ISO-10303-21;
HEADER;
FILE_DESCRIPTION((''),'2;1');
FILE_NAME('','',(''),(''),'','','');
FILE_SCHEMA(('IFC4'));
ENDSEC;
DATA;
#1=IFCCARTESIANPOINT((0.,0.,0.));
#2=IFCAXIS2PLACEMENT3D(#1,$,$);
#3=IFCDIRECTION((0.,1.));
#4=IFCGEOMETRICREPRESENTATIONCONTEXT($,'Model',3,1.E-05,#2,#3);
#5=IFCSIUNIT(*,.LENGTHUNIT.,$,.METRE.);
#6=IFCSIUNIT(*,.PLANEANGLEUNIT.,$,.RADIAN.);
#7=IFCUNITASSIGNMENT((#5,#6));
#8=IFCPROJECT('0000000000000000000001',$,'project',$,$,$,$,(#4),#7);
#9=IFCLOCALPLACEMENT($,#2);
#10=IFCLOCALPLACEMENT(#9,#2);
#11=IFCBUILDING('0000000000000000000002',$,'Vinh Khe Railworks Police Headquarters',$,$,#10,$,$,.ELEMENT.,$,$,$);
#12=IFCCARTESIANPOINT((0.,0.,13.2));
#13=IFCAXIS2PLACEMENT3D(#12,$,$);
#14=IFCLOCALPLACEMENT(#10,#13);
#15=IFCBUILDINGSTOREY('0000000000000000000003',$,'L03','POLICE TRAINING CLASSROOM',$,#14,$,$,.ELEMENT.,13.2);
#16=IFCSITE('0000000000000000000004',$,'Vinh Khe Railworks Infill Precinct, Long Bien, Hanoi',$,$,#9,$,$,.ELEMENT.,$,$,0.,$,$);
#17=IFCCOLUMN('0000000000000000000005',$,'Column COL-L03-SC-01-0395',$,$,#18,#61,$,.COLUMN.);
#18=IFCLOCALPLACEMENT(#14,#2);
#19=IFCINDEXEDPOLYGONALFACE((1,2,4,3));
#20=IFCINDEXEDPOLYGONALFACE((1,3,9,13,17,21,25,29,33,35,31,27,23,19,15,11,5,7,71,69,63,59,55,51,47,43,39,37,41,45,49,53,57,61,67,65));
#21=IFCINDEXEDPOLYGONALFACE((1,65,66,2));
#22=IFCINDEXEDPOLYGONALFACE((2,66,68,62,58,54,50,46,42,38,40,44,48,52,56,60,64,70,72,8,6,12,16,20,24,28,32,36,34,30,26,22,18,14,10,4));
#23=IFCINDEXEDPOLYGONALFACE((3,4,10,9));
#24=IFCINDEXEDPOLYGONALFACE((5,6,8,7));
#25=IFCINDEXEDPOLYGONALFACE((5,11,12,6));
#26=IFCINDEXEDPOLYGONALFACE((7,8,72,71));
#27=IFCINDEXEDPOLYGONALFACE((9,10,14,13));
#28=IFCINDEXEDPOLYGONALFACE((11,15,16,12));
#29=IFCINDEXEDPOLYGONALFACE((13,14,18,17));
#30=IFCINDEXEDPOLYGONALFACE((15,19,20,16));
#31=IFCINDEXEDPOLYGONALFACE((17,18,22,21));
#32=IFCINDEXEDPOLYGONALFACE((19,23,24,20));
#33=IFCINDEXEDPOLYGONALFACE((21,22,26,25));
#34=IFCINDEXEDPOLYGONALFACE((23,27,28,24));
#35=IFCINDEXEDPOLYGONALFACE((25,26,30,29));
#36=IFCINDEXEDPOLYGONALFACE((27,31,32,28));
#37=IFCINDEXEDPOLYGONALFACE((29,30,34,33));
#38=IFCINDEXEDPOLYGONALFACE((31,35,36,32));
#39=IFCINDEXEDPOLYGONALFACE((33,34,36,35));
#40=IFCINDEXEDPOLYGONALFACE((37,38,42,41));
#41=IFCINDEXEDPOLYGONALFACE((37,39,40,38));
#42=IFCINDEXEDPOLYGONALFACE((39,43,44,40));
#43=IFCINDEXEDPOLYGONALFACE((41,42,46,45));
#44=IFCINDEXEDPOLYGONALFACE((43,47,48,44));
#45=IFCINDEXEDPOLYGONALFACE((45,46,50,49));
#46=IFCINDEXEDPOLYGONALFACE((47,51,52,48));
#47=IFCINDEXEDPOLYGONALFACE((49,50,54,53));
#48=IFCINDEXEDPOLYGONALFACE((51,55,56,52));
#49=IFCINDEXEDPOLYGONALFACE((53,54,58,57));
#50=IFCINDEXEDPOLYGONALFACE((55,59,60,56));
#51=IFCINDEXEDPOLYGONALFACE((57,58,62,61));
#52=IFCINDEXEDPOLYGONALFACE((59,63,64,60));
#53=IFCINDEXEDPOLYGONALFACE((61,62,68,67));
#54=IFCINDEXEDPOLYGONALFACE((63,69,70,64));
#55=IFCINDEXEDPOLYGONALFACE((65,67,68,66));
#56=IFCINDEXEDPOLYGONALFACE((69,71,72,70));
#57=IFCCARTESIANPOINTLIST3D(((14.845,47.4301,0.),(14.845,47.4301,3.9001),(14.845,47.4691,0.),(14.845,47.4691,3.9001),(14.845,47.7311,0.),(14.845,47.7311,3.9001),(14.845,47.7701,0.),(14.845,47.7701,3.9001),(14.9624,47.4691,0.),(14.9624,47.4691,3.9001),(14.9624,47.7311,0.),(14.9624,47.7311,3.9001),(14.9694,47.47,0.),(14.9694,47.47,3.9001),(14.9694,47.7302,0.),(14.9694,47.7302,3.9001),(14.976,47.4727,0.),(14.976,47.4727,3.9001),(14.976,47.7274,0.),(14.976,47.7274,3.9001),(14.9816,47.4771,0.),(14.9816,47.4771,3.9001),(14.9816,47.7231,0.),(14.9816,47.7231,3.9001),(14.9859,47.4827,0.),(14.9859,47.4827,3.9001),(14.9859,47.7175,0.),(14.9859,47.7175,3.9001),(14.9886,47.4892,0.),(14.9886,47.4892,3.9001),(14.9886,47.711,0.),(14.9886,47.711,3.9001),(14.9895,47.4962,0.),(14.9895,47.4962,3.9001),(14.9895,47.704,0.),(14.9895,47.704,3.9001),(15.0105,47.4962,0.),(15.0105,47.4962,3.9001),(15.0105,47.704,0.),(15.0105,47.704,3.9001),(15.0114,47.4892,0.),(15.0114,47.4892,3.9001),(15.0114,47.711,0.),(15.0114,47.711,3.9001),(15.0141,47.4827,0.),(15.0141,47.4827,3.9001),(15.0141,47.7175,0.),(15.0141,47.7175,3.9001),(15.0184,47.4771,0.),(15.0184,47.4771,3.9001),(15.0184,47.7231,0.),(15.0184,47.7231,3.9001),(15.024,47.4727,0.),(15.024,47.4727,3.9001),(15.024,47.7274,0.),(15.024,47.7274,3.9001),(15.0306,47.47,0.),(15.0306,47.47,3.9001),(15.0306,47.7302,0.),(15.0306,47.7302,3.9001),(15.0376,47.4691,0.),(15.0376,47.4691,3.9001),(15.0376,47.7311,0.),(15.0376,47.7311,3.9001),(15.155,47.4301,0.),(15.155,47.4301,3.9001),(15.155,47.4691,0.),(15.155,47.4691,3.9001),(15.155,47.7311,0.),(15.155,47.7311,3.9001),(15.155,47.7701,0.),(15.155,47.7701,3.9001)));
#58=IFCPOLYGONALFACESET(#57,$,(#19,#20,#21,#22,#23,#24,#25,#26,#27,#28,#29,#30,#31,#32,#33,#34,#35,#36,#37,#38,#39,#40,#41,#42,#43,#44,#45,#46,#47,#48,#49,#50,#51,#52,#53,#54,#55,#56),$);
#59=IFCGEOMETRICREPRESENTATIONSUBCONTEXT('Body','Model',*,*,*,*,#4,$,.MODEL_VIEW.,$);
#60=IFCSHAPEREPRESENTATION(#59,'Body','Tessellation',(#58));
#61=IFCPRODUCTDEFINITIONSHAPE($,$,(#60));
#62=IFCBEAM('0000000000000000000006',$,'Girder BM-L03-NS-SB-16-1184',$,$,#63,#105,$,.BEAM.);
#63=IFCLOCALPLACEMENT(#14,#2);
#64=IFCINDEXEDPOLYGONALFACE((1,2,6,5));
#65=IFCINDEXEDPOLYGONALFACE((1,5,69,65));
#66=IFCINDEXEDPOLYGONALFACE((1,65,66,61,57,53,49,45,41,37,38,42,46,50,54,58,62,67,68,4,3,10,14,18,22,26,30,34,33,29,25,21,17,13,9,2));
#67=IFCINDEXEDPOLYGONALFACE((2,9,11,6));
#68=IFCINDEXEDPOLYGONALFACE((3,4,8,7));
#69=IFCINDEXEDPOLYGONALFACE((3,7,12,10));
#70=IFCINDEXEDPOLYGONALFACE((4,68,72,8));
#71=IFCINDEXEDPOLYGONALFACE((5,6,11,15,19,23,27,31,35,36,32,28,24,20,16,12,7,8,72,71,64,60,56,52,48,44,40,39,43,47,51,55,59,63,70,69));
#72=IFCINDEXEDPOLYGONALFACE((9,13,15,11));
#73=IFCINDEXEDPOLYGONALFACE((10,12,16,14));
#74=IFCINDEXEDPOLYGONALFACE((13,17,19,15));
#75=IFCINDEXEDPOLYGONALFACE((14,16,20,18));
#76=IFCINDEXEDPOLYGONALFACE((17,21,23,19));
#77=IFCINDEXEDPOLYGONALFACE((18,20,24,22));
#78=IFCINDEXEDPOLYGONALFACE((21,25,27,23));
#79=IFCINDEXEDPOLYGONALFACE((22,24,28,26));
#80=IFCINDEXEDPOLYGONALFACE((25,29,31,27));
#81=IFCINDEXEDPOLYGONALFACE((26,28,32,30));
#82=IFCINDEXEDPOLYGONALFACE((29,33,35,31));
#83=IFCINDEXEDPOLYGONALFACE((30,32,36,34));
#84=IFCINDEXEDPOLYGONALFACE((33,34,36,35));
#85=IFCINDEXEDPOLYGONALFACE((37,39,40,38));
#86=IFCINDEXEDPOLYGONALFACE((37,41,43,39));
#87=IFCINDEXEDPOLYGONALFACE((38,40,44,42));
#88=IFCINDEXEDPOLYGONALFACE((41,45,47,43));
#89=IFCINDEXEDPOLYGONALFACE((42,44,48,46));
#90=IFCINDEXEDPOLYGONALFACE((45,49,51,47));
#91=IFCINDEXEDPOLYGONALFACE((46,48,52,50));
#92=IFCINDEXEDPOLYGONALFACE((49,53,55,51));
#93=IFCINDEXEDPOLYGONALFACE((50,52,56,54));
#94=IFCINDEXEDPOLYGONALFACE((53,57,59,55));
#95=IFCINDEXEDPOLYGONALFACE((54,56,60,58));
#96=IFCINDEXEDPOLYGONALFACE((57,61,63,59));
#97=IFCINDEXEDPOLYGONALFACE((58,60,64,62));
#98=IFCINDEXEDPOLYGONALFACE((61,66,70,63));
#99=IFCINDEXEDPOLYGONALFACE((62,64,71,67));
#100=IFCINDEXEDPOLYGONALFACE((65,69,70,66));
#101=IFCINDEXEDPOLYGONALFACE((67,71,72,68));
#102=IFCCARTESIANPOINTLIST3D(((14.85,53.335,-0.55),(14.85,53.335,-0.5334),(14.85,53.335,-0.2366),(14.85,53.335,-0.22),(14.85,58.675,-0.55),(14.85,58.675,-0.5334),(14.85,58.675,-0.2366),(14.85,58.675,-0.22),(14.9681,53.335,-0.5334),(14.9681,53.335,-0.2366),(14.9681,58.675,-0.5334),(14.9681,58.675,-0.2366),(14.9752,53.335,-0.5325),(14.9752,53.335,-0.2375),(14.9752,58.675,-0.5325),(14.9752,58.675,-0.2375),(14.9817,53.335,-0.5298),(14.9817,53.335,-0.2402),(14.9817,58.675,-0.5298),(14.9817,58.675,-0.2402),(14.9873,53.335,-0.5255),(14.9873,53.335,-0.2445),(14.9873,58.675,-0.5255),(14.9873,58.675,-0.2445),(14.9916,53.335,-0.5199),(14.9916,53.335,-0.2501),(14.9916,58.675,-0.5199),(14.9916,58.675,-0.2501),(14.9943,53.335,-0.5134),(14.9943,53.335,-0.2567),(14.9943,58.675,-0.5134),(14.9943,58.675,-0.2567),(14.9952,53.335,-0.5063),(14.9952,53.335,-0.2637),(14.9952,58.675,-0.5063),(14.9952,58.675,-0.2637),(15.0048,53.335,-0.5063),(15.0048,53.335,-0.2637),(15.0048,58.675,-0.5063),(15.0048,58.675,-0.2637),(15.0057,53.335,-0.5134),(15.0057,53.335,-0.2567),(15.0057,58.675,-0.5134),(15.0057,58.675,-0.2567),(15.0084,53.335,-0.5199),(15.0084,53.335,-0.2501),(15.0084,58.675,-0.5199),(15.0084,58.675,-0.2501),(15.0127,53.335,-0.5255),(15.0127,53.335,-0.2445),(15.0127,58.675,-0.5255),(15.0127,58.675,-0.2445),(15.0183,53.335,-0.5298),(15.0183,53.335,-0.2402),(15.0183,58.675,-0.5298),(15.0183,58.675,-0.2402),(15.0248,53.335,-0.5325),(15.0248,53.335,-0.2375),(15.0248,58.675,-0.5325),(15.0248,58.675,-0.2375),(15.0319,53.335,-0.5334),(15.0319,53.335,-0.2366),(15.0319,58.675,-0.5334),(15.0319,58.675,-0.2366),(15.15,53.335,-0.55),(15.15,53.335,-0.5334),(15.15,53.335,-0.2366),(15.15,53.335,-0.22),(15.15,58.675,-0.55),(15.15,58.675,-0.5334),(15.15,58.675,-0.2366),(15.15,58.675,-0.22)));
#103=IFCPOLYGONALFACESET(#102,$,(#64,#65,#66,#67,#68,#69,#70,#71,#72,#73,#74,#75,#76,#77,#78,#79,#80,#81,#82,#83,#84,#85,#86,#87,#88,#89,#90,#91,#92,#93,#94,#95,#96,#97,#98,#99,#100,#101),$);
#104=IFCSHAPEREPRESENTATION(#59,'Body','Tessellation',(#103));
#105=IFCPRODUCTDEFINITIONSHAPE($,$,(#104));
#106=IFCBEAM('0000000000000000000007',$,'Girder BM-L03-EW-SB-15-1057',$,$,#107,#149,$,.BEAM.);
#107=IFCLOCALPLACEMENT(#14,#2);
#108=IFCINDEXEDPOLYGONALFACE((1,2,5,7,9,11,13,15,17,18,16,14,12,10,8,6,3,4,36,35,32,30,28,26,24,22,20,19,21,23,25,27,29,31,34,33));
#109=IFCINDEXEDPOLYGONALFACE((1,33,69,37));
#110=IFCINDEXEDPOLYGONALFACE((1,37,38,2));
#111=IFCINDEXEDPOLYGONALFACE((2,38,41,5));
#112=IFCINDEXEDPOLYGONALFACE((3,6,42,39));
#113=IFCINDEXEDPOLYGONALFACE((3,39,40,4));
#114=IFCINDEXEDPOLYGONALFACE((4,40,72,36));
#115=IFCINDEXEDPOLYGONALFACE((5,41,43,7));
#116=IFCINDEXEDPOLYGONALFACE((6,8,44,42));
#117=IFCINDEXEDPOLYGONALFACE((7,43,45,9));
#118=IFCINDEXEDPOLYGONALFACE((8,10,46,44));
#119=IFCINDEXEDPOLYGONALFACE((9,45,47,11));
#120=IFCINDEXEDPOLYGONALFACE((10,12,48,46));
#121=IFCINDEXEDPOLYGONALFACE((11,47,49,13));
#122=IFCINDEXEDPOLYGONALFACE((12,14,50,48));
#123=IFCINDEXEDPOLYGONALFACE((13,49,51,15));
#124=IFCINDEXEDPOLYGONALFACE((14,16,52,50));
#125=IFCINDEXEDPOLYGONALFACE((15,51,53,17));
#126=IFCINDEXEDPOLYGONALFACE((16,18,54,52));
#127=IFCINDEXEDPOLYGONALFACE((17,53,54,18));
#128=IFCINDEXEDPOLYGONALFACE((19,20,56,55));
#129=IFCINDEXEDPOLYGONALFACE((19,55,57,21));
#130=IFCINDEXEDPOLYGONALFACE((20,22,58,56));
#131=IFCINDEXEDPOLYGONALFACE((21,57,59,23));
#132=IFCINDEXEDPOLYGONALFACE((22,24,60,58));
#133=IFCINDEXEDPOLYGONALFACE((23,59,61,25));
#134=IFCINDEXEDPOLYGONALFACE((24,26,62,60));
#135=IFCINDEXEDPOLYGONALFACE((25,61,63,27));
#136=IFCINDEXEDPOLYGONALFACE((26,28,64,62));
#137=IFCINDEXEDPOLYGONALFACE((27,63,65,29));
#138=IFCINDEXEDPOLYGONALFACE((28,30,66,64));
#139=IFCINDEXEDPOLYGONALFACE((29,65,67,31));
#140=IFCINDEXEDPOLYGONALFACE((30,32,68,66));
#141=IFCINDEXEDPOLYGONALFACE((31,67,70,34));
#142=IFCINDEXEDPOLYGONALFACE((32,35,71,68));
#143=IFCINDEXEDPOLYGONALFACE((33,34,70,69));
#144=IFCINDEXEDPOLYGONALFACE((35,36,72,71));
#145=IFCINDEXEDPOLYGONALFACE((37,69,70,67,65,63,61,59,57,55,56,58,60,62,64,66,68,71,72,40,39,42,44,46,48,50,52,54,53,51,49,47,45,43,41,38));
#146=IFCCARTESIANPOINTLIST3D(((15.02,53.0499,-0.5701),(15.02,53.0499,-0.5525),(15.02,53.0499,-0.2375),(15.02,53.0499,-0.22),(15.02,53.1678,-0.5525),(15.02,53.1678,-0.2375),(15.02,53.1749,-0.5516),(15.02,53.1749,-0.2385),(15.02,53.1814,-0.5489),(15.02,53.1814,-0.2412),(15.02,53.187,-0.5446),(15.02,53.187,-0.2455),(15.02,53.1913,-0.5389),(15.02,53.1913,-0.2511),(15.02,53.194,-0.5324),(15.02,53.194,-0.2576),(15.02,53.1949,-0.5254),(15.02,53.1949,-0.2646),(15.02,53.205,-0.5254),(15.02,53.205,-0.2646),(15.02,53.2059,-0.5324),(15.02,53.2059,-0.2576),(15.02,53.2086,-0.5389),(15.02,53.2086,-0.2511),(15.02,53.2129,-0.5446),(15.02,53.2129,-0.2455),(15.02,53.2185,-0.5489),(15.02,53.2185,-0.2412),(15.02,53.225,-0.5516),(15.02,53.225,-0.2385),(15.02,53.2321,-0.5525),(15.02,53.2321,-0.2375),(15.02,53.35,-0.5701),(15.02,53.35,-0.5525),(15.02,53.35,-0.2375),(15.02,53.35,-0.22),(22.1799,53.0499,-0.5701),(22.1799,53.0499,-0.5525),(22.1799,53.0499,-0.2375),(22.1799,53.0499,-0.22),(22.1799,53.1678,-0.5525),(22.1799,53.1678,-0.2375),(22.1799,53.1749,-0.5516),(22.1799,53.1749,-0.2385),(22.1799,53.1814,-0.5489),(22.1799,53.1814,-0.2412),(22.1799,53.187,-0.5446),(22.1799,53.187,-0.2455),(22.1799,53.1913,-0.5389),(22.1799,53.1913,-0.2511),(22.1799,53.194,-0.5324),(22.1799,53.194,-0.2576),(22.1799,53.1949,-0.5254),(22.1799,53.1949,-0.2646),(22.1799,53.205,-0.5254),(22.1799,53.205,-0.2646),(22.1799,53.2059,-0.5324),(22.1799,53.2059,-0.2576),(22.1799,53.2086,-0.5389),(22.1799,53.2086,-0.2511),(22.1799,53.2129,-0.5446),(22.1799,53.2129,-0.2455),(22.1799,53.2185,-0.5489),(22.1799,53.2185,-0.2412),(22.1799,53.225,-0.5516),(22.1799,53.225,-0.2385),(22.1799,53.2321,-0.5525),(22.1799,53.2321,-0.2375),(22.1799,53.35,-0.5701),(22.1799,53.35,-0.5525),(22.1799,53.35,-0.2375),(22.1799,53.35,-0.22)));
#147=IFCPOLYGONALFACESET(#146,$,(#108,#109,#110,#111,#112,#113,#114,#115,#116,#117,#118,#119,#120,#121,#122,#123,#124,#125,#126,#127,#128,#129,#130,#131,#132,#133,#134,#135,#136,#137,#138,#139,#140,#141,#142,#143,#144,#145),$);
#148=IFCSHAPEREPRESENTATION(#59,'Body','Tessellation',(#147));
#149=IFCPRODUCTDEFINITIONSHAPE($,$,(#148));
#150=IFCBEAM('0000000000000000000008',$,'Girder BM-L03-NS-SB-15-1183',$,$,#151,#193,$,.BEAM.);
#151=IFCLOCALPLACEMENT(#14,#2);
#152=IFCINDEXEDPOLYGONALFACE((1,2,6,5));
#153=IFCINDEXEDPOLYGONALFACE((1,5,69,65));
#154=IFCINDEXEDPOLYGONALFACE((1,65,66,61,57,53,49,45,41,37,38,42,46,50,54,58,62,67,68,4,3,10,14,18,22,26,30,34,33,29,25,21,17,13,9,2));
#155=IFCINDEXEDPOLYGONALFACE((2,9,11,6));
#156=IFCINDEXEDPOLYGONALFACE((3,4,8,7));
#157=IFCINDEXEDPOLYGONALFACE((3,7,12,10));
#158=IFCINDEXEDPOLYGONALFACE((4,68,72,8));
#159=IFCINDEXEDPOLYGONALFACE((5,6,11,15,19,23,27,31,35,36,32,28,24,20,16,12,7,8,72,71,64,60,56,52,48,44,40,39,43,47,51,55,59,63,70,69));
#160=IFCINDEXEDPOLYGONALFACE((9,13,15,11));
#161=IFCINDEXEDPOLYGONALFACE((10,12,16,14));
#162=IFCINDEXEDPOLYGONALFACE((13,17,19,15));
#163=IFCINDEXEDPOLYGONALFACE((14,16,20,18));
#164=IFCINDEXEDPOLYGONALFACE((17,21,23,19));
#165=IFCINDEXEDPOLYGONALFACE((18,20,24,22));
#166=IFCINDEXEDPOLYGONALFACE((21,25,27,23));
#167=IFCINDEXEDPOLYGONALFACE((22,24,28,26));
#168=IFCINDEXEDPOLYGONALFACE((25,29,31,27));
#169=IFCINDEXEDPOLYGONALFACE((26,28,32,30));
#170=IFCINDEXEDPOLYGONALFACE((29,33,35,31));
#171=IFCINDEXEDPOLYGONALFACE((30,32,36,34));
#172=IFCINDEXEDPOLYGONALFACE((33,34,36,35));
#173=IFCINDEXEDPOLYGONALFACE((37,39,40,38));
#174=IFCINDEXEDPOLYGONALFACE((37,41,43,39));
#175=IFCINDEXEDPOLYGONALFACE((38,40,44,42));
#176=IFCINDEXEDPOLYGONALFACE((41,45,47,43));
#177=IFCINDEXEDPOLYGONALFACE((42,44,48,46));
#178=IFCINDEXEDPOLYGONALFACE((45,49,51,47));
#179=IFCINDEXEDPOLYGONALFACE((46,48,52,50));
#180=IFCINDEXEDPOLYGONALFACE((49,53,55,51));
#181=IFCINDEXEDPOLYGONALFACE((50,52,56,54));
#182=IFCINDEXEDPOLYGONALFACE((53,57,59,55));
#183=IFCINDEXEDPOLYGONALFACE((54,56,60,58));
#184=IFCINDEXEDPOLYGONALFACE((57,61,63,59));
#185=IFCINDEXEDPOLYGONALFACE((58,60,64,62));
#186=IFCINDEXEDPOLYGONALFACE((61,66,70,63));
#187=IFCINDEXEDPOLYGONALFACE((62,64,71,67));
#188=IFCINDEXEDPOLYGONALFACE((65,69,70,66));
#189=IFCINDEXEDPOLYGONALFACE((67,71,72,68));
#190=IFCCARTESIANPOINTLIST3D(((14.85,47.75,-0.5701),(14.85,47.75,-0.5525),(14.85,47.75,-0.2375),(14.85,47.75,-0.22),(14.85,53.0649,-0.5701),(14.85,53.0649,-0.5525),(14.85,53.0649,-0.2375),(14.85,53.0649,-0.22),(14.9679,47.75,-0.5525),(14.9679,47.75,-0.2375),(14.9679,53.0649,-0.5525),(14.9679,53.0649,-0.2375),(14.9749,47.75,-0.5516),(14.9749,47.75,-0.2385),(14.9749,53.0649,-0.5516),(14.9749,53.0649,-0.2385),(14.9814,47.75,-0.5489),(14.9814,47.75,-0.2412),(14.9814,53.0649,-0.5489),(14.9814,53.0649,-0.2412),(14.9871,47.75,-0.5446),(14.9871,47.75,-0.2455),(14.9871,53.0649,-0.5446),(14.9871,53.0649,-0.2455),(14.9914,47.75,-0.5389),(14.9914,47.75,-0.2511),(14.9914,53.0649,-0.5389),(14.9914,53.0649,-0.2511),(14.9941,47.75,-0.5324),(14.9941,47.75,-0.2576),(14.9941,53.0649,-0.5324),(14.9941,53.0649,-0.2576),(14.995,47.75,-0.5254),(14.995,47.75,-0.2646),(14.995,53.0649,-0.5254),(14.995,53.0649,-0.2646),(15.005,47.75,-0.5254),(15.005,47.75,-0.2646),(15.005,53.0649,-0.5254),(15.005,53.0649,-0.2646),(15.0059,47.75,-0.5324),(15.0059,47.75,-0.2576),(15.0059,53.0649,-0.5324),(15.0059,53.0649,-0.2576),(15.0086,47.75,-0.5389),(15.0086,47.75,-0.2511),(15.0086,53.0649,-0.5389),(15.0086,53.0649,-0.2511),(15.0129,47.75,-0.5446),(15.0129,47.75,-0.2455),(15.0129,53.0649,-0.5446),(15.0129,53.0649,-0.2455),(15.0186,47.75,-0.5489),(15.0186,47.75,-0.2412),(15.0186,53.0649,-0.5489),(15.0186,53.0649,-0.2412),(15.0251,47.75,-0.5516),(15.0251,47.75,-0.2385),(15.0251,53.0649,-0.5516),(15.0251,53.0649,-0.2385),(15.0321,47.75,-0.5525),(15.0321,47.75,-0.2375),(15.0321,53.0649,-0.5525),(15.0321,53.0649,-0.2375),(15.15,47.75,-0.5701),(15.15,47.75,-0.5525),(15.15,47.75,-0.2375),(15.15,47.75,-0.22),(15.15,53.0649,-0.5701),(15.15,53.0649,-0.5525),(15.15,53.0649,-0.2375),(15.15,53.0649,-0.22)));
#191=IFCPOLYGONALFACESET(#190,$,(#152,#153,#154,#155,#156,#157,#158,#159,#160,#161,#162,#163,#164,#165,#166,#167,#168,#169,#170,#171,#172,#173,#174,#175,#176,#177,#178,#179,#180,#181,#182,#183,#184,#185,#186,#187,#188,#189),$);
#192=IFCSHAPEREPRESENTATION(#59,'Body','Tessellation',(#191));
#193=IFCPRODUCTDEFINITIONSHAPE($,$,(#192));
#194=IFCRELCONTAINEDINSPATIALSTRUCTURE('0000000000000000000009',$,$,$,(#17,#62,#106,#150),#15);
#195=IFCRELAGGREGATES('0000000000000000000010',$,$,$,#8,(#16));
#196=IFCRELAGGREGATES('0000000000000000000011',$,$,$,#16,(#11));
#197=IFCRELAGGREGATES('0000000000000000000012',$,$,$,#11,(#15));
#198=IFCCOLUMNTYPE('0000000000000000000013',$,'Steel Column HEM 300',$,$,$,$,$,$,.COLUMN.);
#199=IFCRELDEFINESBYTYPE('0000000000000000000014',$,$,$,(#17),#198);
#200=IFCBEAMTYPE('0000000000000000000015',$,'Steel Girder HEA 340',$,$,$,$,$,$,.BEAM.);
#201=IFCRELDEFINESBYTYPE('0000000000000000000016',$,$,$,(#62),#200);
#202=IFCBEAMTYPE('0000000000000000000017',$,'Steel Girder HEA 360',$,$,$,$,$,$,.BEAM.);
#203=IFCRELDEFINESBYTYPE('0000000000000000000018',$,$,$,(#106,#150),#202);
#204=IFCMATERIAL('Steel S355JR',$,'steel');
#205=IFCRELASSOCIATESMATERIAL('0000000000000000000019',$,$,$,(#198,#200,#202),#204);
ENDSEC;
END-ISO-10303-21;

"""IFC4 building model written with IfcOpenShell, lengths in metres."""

from ifc_helpers import new_model, si_unit, direction, frame, origin, origin_2d, place, context, subcontext, project, spatial, i_section, extrude, material, material_profile, profile_set, type_object, element, save


model = new_model("IFC4")

# Units and contexts
model_context = context("Model", 3, precision=1e-05, world=origin(), true_north=direction((0.0, 1.0)))
body_context = subcontext(model_context, "Body", "Model", "MODEL_VIEW")
ifc_project = project(units=[si_unit("LENGTHUNIT", "METRE"), si_unit("PLANEANGLEUNIT", "RADIAN")], contexts=[model_context])

# Site, building, storey
site_placement = place(None, origin())
site = spatial("IfcSite", under=ifc_project, at=site_placement, Name="Vinh Khe Railworks Infill Precinct, Long Bien, Hanoi", CompositionType="ELEMENT", RefElevation=0.0)
building_placement = place(site_placement, origin())
building = spatial("IfcBuilding", under=site, at=building_placement, Name="Vinh Khe Railworks Police Headquarters", CompositionType="ELEMENT")
storey_placement = place(building_placement, frame((0.0, 0.0, 13.2)))
storey = spatial("IfcBuildingStorey", under=building, at=storey_placement, Name="L03", Description="POLICE TRAINING CLASSROOM", CompositionType="ELEMENT", Elevation=13.2)

# Column
ifc_material_1 = material(Name="Steel S355JR", Category="steel")
ifc_material_profile_1 = material_profile(ifc_material_1, i_section(OverallWidth=0.3101, OverallDepth=0.3401, WebThickness=0.021, FlangeThickness=0.0391, FilletRadius=0.0271, at=origin_2d()), Name="HEM 300")
ifc_profile_set_1 = profile_set([ifc_material_profile_1], Name="Steel S355JR")
column_type_1 = type_object("IfcColumnType", Name="Steel Column HEM 300", PredefinedType="COLUMN", material=ifc_profile_set_1)
column_1_placement = place(storey_placement, frame((15.0, 47.6001, 0.0), z_axis=(0.0, 0.0, 1.0), x_axis=(1.0, 0.0, 0.0)))
element("IfcColumn", 1, at=column_1_placement, inside=storey, type_object=column_type_1, Name="Column COL-L03-SC-01-0395", PredefinedType="COLUMN", context=body_context, shape_type="SweptSolid", body=[
    extrude(i_section(OverallWidth=0.3101, OverallDepth=0.3401, WebThickness=0.021, FlangeThickness=0.0391, FilletRadius=0.0271, at=origin_2d()), origin(), (0.0, 0.0, 1.0), 3.9001),
])

# Beams
ifc_material_profile_2 = material_profile(ifc_material_1, i_section(OverallWidth=0.3, OverallDepth=0.3301, WebThickness=0.0095, FlangeThickness=0.0166, FilletRadius=0.0271, at=origin_2d()), Name="HEA 340")
ifc_profile_set_2 = profile_set([ifc_material_profile_2], Name="Steel S355JR")
beam_type_1 = type_object("IfcBeamType", Name="Steel Girder HEA 340", PredefinedType="BEAM", material=ifc_profile_set_2)
beam_1_placement = place(storey_placement, frame((15.0, 53.335, -0.385), z_axis=(0.0, 1.0, 0.0), x_axis=(-1.0, 0.0, 0.0)))
element("IfcBeam", 2, at=beam_1_placement, inside=storey, type_object=beam_type_1, Name="Girder BM-L03-NS-SB-16-1184", PredefinedType="BEAM", context=body_context, shape_type="SweptSolid", body=[
    extrude(i_section(OverallWidth=0.3, OverallDepth=0.3301, WebThickness=0.0095, FlangeThickness=0.0166, FilletRadius=0.0271, at=origin_2d()), origin(), (0.0, 0.0, 1.0), 5.3401),
])
ifc_material_profile_3 = material_profile(ifc_material_1, i_section(OverallWidth=0.3, OverallDepth=0.3501, WebThickness=0.01, FlangeThickness=0.0176, FilletRadius=0.0271, at=origin_2d()), Name="HEA 360")
ifc_profile_set_3 = profile_set([ifc_material_profile_3], Name="Steel S355JR")
beam_type_2 = type_object("IfcBeamType", Name="Steel Girder HEA 360", PredefinedType="BEAM", material=ifc_profile_set_3)
beam_2_placement = place(storey_placement, frame((15.02, 53.2, -0.395), z_axis=(1.0, 0.0, 0.0), x_axis=(0.0, 1.0, 0.0)))
element("IfcBeam", 3, at=beam_2_placement, inside=storey, type_object=beam_type_2, Name="Girder BM-L03-EW-SB-15-1057", PredefinedType="BEAM", context=body_context, shape_type="SweptSolid", body=[
    extrude(i_section(OverallWidth=0.3, OverallDepth=0.3501, WebThickness=0.01, FlangeThickness=0.0176, FilletRadius=0.0271, at=origin_2d()), origin(), (0.0, 0.0, 1.0), 7.1599),
])
beam_3_placement = place(storey_placement, frame((15.0, 47.75, -0.395), z_axis=(0.0, 1.0, 0.0), x_axis=(-1.0, 0.0, 0.0)))
element("IfcBeam", 4, at=beam_3_placement, inside=storey, type_object=beam_type_2, Name="Girder BM-L03-NS-SB-15-1183", PredefinedType="BEAM", context=body_context, shape_type="SweptSolid", body=[
    extrude(i_section(OverallWidth=0.3, OverallDepth=0.3501, WebThickness=0.01, FlangeThickness=0.0176, FilletRadius=0.0271, at=origin_2d()), origin(), (0.0, 0.0, 1.0), 5.3149),
])

save(model, "model.ifc")
